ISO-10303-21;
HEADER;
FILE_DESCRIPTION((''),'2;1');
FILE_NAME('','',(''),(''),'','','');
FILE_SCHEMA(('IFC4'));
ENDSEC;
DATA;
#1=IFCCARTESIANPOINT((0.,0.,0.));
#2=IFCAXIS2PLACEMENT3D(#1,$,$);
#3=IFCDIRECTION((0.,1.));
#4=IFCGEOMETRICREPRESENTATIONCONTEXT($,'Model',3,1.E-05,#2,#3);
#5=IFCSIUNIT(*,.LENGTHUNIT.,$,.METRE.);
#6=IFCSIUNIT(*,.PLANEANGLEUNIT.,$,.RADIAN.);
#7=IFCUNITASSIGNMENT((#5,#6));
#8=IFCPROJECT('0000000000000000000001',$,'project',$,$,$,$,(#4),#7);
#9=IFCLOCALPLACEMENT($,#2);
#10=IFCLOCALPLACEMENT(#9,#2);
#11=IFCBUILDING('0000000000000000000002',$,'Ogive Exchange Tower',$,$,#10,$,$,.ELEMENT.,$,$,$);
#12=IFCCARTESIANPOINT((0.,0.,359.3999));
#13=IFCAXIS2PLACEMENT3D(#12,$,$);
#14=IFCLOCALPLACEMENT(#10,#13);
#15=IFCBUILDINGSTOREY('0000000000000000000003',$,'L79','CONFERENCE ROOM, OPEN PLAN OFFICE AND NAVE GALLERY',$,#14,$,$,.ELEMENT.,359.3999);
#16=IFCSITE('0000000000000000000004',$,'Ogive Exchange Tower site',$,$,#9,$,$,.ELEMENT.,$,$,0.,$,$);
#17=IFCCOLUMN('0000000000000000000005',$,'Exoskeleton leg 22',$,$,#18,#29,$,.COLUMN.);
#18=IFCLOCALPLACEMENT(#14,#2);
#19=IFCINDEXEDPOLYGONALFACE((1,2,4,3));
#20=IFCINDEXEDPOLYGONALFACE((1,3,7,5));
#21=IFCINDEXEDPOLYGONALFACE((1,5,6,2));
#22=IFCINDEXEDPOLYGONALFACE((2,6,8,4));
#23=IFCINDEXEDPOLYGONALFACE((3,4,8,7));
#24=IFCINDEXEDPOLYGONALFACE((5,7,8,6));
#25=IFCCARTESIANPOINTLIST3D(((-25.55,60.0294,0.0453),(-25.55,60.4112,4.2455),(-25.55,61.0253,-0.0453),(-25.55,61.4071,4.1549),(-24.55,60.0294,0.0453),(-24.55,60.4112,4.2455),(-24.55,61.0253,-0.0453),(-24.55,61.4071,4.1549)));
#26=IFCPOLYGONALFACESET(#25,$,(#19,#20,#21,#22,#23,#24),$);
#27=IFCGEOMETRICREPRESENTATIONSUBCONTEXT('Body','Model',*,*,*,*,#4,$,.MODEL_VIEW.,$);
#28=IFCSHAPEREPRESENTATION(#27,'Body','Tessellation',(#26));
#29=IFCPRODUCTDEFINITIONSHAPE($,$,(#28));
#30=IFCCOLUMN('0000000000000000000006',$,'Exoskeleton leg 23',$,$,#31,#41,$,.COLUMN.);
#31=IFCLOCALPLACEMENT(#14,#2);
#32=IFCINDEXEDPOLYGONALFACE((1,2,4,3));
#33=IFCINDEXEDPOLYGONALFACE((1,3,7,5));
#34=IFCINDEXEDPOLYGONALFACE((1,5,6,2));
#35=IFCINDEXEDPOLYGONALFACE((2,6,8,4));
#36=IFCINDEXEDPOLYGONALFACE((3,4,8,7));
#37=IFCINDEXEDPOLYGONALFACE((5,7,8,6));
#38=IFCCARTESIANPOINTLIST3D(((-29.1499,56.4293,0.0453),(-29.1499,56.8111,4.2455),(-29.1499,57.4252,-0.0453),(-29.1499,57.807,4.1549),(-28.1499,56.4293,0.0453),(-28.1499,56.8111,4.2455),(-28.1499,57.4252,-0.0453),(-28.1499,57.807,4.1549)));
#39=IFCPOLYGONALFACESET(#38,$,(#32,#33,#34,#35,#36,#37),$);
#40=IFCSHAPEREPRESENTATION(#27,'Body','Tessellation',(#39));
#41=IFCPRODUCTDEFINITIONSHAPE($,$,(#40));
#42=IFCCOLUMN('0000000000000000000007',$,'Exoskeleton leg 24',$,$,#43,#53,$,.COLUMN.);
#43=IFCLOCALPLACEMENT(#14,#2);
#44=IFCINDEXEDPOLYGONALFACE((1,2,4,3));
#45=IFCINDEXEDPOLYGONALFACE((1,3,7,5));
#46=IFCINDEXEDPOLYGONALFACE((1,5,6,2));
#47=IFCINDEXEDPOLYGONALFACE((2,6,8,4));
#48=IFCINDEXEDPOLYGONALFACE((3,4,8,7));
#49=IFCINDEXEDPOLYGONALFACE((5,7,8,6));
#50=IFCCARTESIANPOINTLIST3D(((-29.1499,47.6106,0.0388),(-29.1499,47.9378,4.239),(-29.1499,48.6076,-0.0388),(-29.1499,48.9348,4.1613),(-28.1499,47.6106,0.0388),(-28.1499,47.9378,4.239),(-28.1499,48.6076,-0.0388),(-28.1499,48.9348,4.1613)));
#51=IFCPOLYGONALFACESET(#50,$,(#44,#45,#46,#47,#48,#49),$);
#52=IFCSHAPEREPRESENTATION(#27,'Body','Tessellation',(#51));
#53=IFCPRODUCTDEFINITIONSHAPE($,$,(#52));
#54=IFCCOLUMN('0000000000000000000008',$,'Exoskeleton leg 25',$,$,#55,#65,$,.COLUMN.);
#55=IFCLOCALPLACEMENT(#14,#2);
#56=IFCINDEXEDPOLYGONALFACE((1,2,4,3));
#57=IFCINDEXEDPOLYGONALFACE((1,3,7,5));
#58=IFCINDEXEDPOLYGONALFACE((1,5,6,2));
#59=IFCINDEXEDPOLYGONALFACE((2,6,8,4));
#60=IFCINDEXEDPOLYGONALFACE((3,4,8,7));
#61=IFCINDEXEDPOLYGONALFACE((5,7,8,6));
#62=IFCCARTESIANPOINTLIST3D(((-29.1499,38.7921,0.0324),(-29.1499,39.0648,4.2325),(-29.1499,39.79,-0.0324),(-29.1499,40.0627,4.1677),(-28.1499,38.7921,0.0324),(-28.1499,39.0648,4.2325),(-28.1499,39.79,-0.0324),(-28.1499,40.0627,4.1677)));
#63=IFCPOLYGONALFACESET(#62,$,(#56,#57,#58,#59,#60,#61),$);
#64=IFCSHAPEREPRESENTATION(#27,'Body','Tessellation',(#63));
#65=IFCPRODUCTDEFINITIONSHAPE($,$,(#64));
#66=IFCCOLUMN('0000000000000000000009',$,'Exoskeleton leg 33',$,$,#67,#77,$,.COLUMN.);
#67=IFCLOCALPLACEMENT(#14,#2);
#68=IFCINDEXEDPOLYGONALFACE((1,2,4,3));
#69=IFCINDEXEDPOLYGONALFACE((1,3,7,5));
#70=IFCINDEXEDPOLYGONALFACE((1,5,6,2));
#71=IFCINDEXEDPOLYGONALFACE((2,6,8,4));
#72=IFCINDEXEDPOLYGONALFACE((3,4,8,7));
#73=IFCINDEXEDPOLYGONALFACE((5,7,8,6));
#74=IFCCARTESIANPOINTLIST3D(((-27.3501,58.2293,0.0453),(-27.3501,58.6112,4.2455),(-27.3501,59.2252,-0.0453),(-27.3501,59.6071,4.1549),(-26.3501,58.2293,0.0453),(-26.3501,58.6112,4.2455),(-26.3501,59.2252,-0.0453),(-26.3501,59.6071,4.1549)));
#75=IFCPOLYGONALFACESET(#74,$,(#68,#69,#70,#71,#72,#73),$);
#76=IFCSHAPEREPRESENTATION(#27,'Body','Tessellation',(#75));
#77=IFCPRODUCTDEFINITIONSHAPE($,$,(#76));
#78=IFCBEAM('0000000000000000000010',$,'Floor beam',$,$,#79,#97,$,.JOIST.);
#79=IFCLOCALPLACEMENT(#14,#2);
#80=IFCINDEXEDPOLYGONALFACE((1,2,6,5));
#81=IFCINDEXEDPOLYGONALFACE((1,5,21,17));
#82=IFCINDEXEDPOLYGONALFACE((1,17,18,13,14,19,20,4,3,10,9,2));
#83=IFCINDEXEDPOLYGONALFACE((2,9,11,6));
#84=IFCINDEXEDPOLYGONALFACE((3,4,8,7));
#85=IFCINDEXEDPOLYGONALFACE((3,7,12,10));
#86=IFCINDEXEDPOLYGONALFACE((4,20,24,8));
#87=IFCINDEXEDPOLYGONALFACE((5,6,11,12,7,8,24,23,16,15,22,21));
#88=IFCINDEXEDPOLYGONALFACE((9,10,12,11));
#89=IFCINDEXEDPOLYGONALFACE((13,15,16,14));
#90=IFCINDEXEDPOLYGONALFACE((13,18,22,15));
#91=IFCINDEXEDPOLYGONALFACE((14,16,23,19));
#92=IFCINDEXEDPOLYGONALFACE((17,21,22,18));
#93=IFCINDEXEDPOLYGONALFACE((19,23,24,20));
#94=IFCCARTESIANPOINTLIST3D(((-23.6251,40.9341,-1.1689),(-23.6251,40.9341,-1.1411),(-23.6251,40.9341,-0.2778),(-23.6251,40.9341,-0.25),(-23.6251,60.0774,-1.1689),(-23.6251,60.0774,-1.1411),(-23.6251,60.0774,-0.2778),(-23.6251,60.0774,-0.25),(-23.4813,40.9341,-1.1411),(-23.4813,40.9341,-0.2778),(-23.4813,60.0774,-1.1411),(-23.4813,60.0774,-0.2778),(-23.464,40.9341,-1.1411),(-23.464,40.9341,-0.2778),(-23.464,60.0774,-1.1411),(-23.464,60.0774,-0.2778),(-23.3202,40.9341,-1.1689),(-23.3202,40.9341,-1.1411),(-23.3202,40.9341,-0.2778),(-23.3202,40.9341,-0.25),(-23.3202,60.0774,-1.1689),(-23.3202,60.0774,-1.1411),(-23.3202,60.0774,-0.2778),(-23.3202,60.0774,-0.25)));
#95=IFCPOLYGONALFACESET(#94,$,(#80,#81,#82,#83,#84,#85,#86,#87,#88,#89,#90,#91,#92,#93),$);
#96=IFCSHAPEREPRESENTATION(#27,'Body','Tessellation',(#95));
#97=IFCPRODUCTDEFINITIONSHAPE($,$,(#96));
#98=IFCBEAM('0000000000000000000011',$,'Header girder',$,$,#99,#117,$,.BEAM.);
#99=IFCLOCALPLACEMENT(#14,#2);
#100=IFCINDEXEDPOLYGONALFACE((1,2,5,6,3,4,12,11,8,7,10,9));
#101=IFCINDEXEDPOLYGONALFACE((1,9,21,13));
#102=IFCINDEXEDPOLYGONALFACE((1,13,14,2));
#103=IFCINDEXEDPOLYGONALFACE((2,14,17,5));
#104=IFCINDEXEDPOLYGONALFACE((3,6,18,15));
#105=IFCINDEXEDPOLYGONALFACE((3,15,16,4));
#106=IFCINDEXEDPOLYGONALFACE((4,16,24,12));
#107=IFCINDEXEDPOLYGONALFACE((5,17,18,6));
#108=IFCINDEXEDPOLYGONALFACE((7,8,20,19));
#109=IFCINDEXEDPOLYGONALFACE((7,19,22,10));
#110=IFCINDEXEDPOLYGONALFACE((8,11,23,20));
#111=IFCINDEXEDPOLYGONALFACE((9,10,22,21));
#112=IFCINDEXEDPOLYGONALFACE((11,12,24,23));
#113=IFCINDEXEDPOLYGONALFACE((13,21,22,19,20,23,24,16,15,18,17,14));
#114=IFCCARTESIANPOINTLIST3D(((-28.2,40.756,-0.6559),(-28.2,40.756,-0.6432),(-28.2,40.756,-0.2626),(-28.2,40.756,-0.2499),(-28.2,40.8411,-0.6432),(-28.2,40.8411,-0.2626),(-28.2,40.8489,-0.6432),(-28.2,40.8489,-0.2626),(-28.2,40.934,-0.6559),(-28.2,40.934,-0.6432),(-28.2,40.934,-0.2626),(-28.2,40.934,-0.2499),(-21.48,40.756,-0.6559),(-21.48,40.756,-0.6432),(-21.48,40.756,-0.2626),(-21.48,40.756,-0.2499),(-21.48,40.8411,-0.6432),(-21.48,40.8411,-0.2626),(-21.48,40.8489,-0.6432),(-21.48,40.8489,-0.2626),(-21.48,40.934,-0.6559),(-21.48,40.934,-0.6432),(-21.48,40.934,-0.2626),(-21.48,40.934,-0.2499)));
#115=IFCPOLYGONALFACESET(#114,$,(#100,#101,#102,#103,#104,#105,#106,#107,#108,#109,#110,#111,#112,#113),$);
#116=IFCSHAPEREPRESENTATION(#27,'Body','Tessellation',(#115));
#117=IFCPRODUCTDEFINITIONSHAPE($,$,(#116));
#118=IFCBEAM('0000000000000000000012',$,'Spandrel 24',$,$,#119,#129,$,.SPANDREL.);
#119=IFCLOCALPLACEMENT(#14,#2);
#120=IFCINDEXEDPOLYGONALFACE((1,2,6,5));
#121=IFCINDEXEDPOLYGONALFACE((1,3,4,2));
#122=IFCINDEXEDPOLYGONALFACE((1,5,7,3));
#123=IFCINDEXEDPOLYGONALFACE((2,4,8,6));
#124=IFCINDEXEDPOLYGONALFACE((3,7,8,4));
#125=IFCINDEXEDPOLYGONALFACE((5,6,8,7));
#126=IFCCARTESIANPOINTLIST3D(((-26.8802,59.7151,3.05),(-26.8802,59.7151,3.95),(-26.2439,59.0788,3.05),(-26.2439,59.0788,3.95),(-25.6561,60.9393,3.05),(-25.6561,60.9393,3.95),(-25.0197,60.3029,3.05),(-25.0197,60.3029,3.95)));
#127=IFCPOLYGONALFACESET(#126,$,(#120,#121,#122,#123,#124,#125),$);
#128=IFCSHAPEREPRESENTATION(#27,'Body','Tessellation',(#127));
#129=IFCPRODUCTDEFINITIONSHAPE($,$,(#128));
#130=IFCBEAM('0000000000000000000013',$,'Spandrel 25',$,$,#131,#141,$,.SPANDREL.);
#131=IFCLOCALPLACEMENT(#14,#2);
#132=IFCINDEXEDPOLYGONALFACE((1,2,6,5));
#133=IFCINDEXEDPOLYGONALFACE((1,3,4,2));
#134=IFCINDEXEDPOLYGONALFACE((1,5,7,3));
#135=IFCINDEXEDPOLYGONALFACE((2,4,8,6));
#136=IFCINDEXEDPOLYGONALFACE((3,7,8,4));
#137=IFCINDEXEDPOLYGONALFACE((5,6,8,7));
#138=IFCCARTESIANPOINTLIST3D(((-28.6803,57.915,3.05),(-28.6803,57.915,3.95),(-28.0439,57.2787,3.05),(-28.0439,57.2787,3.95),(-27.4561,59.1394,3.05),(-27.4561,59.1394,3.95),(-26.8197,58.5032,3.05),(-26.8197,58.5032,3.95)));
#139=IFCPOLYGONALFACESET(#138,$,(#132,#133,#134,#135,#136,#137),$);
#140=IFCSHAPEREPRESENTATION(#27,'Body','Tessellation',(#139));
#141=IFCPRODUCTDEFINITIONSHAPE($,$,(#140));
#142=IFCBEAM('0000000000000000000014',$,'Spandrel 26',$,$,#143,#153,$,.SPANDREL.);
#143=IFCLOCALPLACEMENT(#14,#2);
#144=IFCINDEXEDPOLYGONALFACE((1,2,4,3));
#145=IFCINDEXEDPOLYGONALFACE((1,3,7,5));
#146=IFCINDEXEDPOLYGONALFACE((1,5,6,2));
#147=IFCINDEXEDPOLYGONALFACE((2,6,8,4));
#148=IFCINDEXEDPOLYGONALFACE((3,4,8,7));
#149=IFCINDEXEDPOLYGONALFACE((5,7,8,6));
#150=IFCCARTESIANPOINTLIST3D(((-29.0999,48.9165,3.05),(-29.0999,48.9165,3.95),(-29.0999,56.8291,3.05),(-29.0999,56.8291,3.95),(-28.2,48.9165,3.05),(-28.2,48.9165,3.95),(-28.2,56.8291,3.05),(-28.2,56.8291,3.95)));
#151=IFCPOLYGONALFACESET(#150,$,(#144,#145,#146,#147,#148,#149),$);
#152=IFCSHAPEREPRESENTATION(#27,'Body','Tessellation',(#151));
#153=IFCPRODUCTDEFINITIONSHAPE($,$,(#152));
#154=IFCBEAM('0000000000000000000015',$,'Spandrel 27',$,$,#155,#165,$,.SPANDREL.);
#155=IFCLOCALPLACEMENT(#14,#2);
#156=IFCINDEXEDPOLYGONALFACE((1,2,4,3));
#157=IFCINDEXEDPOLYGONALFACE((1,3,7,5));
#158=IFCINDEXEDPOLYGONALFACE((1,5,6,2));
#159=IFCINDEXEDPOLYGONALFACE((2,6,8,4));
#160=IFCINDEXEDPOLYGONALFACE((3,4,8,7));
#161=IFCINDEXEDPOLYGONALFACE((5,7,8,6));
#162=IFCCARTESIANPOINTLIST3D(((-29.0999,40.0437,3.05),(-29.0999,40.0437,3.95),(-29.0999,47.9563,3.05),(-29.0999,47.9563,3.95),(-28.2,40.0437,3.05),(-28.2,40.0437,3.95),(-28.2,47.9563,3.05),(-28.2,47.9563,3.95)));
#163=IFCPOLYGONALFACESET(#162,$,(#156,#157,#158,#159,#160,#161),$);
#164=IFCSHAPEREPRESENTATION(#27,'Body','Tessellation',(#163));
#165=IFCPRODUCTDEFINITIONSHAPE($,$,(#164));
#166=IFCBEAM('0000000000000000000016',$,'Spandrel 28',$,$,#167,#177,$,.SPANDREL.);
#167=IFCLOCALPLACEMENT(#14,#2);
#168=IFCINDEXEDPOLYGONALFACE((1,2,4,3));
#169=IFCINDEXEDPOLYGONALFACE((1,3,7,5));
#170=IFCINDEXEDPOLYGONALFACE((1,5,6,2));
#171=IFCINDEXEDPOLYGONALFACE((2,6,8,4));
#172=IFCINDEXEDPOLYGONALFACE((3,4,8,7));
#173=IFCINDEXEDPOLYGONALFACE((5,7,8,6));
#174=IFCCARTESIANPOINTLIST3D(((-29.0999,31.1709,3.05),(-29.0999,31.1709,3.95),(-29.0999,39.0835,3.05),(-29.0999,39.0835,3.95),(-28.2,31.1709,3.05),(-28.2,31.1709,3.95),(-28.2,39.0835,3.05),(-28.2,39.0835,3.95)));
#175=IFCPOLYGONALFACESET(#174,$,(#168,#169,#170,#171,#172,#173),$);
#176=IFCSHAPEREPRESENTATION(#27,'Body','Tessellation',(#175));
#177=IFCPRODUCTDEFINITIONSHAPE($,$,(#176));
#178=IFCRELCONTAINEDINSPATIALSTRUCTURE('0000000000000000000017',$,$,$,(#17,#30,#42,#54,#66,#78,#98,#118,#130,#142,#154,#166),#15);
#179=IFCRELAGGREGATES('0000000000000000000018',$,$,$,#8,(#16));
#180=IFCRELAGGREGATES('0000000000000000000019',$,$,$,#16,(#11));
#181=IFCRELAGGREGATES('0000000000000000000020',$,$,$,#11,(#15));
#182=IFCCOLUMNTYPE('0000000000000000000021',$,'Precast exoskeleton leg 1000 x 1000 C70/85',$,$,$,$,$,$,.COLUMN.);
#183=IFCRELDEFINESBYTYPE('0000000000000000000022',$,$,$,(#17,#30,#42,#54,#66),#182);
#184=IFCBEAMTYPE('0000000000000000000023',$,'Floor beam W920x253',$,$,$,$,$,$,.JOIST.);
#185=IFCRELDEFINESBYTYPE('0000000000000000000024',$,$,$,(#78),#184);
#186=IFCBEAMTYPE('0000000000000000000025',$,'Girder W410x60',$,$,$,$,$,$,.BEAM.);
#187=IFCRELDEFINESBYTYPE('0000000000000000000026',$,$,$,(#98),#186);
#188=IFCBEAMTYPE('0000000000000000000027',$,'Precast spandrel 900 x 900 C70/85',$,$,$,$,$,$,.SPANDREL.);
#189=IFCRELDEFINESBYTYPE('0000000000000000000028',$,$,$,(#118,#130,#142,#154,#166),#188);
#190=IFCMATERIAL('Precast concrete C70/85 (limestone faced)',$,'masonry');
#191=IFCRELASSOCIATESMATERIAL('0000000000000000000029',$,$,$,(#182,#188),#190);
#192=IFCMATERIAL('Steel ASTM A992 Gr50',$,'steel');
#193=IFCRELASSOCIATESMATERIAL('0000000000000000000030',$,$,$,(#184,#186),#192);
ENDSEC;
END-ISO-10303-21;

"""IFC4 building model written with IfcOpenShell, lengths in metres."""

from ifc_helpers import new_model, si_unit, direction, frame, origin, origin_2d, place, context, subcontext, project, spatial, rectangle, i_section, extrude, material, material_profile, profile_set, type_object, element, save


model = new_model("IFC4")

# Units and contexts
model_context = context("Model", 3, precision=1e-05, world=origin(), true_north=direction((0.0, 1.0)))
body_context = subcontext(model_context, "Body", "Model", "MODEL_VIEW")
ifc_project = project(units=[si_unit("LENGTHUNIT", "METRE"), si_unit("PLANEANGLEUNIT", "RADIAN")], contexts=[model_context])

# Site, building, storey
site_placement = place(None, origin())
site = spatial("IfcSite", under=ifc_project, at=site_placement, Name="Ogive Exchange Tower site", CompositionType="ELEMENT", RefElevation=0.0)
building_placement = place(site_placement, origin())
building = spatial("IfcBuilding", under=site, at=building_placement, Name="Ogive Exchange Tower", CompositionType="ELEMENT")
storey_placement = place(building_placement, frame((0.0, 0.0, 359.3999)))
storey = spatial("IfcBuildingStorey", under=building, at=storey_placement, Name="L79", Description="CONFERENCE ROOM, OPEN PLAN OFFICE AND NAVE GALLERY", CompositionType="ELEMENT", Elevation=359.3999)

# Columns
ifc_material_1 = material(Name="Precast concrete C70/85 (limestone faced)", Category="masonry")
ifc_material_profile_1 = material_profile(ifc_material_1, rectangle(XDim=1.0, YDim=1.0, at=origin_2d()), Name="1000 x 1000")
ifc_profile_set_1 = profile_set([ifc_material_profile_1], Name="Precast concrete C70/85 (limestone faced)")
column_type = type_object("IfcColumnType", Name="Precast exoskeleton leg 1000 x 1000 C70/85", PredefinedType="COLUMN", material=ifc_profile_set_1)
for number, where, z_axis, x_axis, name in (
    (1, (-25.05, 60.5273, 0.0), (0.0, 0.090536, 0.995893), (-1.0, 0.0, 0.0), "Exoskeleton leg 22"),
    (2, (-28.6499, 56.9272, 0.0), (0.0, 0.090536, 0.995893), (-1.0, 0.0, 0.0), "Exoskeleton leg 23"),
):
    element("IfcColumn", number, at=place(storey_placement, frame(where, z_axis=z_axis, x_axis=x_axis)), inside=storey, type_object=column_type, Name=name, PredefinedType="COLUMN", context=body_context, shape_type="SweptSolid", body=[
        extrude(rectangle(XDim=1.0, YDim=1.0, at=origin_2d()), origin(), (0.0, 0.0, 1.0), 4.2175),
    ])
column_1_placement = place(storey_placement, frame((-28.6499, 48.1091, 0.0), z_axis=(0.0, 0.077654, 0.99698), x_axis=(-1.0, 0.0, 0.0)))
element("IfcColumn", 3, at=column_1_placement, inside=storey, type_object=column_type, Name="Exoskeleton leg 24", PredefinedType="COLUMN", context=body_context, shape_type="SweptSolid", body=[
    extrude(rectangle(XDim=1.0, YDim=1.0, at=origin_2d()), origin(), (0.0, 0.0, 1.0), 4.2129),
])
column_2_placement = place(storey_placement, frame((-28.6499, 39.291, 0.0), z_axis=(0.0, 0.06479, 0.997899), x_axis=(-1.0, 0.0, 0.0)))
element("IfcColumn", 4, at=column_2_placement, inside=storey, type_object=column_type, Name="Exoskeleton leg 25", PredefinedType="COLUMN", context=body_context, shape_type="SweptSolid", body=[
    extrude(rectangle(XDim=1.0, YDim=1.0, at=origin_2d()), origin(), (0.0, 0.0, 1.0), 4.209),
])
column_3_placement = place(storey_placement, frame((-26.8501, 58.7273, 0.0), z_axis=(0.0, 0.090536, 0.995893), x_axis=(-1.0, 0.0, 0.0)))
element("IfcColumn", 5, at=column_3_placement, inside=storey, type_object=column_type, Name="Exoskeleton leg 33", PredefinedType="COLUMN", context=body_context, shape_type="SweptSolid", body=[
    extrude(rectangle(XDim=1.0, YDim=1.0, at=origin_2d()), origin(), (0.0, 0.0, 1.0), 4.2175),
])

# Beams
ifc_material_2 = material(Name="Steel ASTM A992 Gr50", Category="steel")
ifc_material_profile_2 = material_profile(ifc_material_2, i_section(OverallWidth=0.3049, OverallDepth=0.9189, WebThickness=0.0173, FlangeThickness=0.0278, at=origin_2d()), Name="W920x253")
ifc_profile_set_2 = profile_set([ifc_material_profile_2], Name="Steel ASTM A992 Gr50")
beam_type_1 = type_object("IfcBeamType", Name="Floor beam W920x253", PredefinedType="JOIST", material=ifc_profile_set_2)
beam_1_placement = place(storey_placement, frame((-23.4727, 40.9341, -0.7095), z_axis=(0.0, 1.0, 0.0), x_axis=(-1.0, 0.0, 0.0)))
element("IfcBeam", 6, at=beam_1_placement, inside=storey, type_object=beam_type_1, Name="Floor beam", PredefinedType="JOIST", context=body_context, shape_type="SweptSolid", body=[
    extrude(i_section(OverallWidth=0.3049, OverallDepth=0.9189, WebThickness=0.0173, FlangeThickness=0.0278, at=origin_2d()), origin(), (0.0, 0.0, 1.0), 19.1433),
])
ifc_material_profile_3 = material_profile(ifc_material_2, i_section(OverallWidth=0.178, OverallDepth=0.406, WebThickness=0.0078, FlangeThickness=0.0127, at=origin_2d()), Name="W410x60")
ifc_profile_set_3 = profile_set([ifc_material_profile_3], Name="Steel ASTM A992 Gr50")
beam_type_2 = type_object("IfcBeamType", Name="Girder W410x60", PredefinedType="BEAM", material=ifc_profile_set_3)
beam_2_placement = place(storey_placement, frame((-28.2, 40.845, -0.4529), z_axis=(1.0, 0.0, 0.0), x_axis=(0.0, 1.0, 0.0)))
element("IfcBeam", 7, at=beam_2_placement, inside=storey, type_object=beam_type_2, Name="Header girder", PredefinedType="BEAM", context=body_context, shape_type="SweptSolid", body=[
    extrude(i_section(OverallWidth=0.178, OverallDepth=0.406, WebThickness=0.0078, FlangeThickness=0.0127, at=origin_2d()), origin(), (0.0, 0.0, 1.0), 6.72),
])
ifc_material_profile_4 = material_profile(ifc_material_1, rectangle(XDim=0.8999, YDim=0.8999, at=origin_2d()), Name="900 x 900")
ifc_profile_set_4 = profile_set([ifc_material_profile_4], Name="Precast concrete C70/85 (limestone faced)")
beam_type_3 = type_object("IfcBeamType", Name="Precast spandrel 900 x 900 C70/85", PredefinedType="SPANDREL", material=ifc_profile_set_4)
beam_3_placement = place(storey_placement, frame((-25.3379, 60.6211, 3.5), z_axis=(-0.707107, -0.707107, 0.0), x_axis=(0.707107, -0.707107, 0.0)))
element("IfcBeam", 8, at=beam_3_placement, inside=storey, type_object=beam_type_3, Name="Spandrel 24", PredefinedType="SPANDREL", context=body_context, shape_type="SweptSolid", body=[
    extrude(rectangle(XDim=0.8999, YDim=0.8999, at=origin_2d()), origin(), (0.0, 0.0, 1.0), 1.7312),
])
beam_4_placement = place(storey_placement, frame((-27.1379, 58.8213, 3.5), z_axis=(-0.707036, -0.707177, 0.0), x_axis=(0.707177, -0.707036, 0.0)))
element("IfcBeam", 9, at=beam_4_placement, inside=storey, type_object=beam_type_3, Name="Spandrel 25", PredefinedType="SPANDREL", context=body_context, shape_type="SweptSolid", body=[
    extrude(rectangle(XDim=0.8999, YDim=0.8999, at=origin_2d()), origin(), (0.0, 0.0, 1.0), 1.7314),
])
for number, where, z_axis, x_axis, name in (
    (10, (-28.6499, 56.8291, 3.5), (0.0, -1.0, 0.0), (1.0, 0.0, 0.0), "Spandrel 26"),
    (11, (-28.6499, 47.9563, 3.5), (0.0, -1.0, 0.0), (1.0, 0.0, 0.0), "Spandrel 27"),
    (12, (-28.6499, 39.0835, 3.5), (0.0, -1.0, 0.0), (1.0, 0.0, 0.0), "Spandrel 28"),
):
    element("IfcBeam", number, at=place(storey_placement, frame(where, z_axis=z_axis, x_axis=x_axis)), inside=storey, type_object=beam_type_3, Name=name, PredefinedType="SPANDREL", context=body_context, shape_type="SweptSolid", body=[
        extrude(rectangle(XDim=0.8999, YDim=0.8999, at=origin_2d()), origin(), (0.0, 0.0, 1.0), 7.9126),
    ])

save(model, "model.ifc")
